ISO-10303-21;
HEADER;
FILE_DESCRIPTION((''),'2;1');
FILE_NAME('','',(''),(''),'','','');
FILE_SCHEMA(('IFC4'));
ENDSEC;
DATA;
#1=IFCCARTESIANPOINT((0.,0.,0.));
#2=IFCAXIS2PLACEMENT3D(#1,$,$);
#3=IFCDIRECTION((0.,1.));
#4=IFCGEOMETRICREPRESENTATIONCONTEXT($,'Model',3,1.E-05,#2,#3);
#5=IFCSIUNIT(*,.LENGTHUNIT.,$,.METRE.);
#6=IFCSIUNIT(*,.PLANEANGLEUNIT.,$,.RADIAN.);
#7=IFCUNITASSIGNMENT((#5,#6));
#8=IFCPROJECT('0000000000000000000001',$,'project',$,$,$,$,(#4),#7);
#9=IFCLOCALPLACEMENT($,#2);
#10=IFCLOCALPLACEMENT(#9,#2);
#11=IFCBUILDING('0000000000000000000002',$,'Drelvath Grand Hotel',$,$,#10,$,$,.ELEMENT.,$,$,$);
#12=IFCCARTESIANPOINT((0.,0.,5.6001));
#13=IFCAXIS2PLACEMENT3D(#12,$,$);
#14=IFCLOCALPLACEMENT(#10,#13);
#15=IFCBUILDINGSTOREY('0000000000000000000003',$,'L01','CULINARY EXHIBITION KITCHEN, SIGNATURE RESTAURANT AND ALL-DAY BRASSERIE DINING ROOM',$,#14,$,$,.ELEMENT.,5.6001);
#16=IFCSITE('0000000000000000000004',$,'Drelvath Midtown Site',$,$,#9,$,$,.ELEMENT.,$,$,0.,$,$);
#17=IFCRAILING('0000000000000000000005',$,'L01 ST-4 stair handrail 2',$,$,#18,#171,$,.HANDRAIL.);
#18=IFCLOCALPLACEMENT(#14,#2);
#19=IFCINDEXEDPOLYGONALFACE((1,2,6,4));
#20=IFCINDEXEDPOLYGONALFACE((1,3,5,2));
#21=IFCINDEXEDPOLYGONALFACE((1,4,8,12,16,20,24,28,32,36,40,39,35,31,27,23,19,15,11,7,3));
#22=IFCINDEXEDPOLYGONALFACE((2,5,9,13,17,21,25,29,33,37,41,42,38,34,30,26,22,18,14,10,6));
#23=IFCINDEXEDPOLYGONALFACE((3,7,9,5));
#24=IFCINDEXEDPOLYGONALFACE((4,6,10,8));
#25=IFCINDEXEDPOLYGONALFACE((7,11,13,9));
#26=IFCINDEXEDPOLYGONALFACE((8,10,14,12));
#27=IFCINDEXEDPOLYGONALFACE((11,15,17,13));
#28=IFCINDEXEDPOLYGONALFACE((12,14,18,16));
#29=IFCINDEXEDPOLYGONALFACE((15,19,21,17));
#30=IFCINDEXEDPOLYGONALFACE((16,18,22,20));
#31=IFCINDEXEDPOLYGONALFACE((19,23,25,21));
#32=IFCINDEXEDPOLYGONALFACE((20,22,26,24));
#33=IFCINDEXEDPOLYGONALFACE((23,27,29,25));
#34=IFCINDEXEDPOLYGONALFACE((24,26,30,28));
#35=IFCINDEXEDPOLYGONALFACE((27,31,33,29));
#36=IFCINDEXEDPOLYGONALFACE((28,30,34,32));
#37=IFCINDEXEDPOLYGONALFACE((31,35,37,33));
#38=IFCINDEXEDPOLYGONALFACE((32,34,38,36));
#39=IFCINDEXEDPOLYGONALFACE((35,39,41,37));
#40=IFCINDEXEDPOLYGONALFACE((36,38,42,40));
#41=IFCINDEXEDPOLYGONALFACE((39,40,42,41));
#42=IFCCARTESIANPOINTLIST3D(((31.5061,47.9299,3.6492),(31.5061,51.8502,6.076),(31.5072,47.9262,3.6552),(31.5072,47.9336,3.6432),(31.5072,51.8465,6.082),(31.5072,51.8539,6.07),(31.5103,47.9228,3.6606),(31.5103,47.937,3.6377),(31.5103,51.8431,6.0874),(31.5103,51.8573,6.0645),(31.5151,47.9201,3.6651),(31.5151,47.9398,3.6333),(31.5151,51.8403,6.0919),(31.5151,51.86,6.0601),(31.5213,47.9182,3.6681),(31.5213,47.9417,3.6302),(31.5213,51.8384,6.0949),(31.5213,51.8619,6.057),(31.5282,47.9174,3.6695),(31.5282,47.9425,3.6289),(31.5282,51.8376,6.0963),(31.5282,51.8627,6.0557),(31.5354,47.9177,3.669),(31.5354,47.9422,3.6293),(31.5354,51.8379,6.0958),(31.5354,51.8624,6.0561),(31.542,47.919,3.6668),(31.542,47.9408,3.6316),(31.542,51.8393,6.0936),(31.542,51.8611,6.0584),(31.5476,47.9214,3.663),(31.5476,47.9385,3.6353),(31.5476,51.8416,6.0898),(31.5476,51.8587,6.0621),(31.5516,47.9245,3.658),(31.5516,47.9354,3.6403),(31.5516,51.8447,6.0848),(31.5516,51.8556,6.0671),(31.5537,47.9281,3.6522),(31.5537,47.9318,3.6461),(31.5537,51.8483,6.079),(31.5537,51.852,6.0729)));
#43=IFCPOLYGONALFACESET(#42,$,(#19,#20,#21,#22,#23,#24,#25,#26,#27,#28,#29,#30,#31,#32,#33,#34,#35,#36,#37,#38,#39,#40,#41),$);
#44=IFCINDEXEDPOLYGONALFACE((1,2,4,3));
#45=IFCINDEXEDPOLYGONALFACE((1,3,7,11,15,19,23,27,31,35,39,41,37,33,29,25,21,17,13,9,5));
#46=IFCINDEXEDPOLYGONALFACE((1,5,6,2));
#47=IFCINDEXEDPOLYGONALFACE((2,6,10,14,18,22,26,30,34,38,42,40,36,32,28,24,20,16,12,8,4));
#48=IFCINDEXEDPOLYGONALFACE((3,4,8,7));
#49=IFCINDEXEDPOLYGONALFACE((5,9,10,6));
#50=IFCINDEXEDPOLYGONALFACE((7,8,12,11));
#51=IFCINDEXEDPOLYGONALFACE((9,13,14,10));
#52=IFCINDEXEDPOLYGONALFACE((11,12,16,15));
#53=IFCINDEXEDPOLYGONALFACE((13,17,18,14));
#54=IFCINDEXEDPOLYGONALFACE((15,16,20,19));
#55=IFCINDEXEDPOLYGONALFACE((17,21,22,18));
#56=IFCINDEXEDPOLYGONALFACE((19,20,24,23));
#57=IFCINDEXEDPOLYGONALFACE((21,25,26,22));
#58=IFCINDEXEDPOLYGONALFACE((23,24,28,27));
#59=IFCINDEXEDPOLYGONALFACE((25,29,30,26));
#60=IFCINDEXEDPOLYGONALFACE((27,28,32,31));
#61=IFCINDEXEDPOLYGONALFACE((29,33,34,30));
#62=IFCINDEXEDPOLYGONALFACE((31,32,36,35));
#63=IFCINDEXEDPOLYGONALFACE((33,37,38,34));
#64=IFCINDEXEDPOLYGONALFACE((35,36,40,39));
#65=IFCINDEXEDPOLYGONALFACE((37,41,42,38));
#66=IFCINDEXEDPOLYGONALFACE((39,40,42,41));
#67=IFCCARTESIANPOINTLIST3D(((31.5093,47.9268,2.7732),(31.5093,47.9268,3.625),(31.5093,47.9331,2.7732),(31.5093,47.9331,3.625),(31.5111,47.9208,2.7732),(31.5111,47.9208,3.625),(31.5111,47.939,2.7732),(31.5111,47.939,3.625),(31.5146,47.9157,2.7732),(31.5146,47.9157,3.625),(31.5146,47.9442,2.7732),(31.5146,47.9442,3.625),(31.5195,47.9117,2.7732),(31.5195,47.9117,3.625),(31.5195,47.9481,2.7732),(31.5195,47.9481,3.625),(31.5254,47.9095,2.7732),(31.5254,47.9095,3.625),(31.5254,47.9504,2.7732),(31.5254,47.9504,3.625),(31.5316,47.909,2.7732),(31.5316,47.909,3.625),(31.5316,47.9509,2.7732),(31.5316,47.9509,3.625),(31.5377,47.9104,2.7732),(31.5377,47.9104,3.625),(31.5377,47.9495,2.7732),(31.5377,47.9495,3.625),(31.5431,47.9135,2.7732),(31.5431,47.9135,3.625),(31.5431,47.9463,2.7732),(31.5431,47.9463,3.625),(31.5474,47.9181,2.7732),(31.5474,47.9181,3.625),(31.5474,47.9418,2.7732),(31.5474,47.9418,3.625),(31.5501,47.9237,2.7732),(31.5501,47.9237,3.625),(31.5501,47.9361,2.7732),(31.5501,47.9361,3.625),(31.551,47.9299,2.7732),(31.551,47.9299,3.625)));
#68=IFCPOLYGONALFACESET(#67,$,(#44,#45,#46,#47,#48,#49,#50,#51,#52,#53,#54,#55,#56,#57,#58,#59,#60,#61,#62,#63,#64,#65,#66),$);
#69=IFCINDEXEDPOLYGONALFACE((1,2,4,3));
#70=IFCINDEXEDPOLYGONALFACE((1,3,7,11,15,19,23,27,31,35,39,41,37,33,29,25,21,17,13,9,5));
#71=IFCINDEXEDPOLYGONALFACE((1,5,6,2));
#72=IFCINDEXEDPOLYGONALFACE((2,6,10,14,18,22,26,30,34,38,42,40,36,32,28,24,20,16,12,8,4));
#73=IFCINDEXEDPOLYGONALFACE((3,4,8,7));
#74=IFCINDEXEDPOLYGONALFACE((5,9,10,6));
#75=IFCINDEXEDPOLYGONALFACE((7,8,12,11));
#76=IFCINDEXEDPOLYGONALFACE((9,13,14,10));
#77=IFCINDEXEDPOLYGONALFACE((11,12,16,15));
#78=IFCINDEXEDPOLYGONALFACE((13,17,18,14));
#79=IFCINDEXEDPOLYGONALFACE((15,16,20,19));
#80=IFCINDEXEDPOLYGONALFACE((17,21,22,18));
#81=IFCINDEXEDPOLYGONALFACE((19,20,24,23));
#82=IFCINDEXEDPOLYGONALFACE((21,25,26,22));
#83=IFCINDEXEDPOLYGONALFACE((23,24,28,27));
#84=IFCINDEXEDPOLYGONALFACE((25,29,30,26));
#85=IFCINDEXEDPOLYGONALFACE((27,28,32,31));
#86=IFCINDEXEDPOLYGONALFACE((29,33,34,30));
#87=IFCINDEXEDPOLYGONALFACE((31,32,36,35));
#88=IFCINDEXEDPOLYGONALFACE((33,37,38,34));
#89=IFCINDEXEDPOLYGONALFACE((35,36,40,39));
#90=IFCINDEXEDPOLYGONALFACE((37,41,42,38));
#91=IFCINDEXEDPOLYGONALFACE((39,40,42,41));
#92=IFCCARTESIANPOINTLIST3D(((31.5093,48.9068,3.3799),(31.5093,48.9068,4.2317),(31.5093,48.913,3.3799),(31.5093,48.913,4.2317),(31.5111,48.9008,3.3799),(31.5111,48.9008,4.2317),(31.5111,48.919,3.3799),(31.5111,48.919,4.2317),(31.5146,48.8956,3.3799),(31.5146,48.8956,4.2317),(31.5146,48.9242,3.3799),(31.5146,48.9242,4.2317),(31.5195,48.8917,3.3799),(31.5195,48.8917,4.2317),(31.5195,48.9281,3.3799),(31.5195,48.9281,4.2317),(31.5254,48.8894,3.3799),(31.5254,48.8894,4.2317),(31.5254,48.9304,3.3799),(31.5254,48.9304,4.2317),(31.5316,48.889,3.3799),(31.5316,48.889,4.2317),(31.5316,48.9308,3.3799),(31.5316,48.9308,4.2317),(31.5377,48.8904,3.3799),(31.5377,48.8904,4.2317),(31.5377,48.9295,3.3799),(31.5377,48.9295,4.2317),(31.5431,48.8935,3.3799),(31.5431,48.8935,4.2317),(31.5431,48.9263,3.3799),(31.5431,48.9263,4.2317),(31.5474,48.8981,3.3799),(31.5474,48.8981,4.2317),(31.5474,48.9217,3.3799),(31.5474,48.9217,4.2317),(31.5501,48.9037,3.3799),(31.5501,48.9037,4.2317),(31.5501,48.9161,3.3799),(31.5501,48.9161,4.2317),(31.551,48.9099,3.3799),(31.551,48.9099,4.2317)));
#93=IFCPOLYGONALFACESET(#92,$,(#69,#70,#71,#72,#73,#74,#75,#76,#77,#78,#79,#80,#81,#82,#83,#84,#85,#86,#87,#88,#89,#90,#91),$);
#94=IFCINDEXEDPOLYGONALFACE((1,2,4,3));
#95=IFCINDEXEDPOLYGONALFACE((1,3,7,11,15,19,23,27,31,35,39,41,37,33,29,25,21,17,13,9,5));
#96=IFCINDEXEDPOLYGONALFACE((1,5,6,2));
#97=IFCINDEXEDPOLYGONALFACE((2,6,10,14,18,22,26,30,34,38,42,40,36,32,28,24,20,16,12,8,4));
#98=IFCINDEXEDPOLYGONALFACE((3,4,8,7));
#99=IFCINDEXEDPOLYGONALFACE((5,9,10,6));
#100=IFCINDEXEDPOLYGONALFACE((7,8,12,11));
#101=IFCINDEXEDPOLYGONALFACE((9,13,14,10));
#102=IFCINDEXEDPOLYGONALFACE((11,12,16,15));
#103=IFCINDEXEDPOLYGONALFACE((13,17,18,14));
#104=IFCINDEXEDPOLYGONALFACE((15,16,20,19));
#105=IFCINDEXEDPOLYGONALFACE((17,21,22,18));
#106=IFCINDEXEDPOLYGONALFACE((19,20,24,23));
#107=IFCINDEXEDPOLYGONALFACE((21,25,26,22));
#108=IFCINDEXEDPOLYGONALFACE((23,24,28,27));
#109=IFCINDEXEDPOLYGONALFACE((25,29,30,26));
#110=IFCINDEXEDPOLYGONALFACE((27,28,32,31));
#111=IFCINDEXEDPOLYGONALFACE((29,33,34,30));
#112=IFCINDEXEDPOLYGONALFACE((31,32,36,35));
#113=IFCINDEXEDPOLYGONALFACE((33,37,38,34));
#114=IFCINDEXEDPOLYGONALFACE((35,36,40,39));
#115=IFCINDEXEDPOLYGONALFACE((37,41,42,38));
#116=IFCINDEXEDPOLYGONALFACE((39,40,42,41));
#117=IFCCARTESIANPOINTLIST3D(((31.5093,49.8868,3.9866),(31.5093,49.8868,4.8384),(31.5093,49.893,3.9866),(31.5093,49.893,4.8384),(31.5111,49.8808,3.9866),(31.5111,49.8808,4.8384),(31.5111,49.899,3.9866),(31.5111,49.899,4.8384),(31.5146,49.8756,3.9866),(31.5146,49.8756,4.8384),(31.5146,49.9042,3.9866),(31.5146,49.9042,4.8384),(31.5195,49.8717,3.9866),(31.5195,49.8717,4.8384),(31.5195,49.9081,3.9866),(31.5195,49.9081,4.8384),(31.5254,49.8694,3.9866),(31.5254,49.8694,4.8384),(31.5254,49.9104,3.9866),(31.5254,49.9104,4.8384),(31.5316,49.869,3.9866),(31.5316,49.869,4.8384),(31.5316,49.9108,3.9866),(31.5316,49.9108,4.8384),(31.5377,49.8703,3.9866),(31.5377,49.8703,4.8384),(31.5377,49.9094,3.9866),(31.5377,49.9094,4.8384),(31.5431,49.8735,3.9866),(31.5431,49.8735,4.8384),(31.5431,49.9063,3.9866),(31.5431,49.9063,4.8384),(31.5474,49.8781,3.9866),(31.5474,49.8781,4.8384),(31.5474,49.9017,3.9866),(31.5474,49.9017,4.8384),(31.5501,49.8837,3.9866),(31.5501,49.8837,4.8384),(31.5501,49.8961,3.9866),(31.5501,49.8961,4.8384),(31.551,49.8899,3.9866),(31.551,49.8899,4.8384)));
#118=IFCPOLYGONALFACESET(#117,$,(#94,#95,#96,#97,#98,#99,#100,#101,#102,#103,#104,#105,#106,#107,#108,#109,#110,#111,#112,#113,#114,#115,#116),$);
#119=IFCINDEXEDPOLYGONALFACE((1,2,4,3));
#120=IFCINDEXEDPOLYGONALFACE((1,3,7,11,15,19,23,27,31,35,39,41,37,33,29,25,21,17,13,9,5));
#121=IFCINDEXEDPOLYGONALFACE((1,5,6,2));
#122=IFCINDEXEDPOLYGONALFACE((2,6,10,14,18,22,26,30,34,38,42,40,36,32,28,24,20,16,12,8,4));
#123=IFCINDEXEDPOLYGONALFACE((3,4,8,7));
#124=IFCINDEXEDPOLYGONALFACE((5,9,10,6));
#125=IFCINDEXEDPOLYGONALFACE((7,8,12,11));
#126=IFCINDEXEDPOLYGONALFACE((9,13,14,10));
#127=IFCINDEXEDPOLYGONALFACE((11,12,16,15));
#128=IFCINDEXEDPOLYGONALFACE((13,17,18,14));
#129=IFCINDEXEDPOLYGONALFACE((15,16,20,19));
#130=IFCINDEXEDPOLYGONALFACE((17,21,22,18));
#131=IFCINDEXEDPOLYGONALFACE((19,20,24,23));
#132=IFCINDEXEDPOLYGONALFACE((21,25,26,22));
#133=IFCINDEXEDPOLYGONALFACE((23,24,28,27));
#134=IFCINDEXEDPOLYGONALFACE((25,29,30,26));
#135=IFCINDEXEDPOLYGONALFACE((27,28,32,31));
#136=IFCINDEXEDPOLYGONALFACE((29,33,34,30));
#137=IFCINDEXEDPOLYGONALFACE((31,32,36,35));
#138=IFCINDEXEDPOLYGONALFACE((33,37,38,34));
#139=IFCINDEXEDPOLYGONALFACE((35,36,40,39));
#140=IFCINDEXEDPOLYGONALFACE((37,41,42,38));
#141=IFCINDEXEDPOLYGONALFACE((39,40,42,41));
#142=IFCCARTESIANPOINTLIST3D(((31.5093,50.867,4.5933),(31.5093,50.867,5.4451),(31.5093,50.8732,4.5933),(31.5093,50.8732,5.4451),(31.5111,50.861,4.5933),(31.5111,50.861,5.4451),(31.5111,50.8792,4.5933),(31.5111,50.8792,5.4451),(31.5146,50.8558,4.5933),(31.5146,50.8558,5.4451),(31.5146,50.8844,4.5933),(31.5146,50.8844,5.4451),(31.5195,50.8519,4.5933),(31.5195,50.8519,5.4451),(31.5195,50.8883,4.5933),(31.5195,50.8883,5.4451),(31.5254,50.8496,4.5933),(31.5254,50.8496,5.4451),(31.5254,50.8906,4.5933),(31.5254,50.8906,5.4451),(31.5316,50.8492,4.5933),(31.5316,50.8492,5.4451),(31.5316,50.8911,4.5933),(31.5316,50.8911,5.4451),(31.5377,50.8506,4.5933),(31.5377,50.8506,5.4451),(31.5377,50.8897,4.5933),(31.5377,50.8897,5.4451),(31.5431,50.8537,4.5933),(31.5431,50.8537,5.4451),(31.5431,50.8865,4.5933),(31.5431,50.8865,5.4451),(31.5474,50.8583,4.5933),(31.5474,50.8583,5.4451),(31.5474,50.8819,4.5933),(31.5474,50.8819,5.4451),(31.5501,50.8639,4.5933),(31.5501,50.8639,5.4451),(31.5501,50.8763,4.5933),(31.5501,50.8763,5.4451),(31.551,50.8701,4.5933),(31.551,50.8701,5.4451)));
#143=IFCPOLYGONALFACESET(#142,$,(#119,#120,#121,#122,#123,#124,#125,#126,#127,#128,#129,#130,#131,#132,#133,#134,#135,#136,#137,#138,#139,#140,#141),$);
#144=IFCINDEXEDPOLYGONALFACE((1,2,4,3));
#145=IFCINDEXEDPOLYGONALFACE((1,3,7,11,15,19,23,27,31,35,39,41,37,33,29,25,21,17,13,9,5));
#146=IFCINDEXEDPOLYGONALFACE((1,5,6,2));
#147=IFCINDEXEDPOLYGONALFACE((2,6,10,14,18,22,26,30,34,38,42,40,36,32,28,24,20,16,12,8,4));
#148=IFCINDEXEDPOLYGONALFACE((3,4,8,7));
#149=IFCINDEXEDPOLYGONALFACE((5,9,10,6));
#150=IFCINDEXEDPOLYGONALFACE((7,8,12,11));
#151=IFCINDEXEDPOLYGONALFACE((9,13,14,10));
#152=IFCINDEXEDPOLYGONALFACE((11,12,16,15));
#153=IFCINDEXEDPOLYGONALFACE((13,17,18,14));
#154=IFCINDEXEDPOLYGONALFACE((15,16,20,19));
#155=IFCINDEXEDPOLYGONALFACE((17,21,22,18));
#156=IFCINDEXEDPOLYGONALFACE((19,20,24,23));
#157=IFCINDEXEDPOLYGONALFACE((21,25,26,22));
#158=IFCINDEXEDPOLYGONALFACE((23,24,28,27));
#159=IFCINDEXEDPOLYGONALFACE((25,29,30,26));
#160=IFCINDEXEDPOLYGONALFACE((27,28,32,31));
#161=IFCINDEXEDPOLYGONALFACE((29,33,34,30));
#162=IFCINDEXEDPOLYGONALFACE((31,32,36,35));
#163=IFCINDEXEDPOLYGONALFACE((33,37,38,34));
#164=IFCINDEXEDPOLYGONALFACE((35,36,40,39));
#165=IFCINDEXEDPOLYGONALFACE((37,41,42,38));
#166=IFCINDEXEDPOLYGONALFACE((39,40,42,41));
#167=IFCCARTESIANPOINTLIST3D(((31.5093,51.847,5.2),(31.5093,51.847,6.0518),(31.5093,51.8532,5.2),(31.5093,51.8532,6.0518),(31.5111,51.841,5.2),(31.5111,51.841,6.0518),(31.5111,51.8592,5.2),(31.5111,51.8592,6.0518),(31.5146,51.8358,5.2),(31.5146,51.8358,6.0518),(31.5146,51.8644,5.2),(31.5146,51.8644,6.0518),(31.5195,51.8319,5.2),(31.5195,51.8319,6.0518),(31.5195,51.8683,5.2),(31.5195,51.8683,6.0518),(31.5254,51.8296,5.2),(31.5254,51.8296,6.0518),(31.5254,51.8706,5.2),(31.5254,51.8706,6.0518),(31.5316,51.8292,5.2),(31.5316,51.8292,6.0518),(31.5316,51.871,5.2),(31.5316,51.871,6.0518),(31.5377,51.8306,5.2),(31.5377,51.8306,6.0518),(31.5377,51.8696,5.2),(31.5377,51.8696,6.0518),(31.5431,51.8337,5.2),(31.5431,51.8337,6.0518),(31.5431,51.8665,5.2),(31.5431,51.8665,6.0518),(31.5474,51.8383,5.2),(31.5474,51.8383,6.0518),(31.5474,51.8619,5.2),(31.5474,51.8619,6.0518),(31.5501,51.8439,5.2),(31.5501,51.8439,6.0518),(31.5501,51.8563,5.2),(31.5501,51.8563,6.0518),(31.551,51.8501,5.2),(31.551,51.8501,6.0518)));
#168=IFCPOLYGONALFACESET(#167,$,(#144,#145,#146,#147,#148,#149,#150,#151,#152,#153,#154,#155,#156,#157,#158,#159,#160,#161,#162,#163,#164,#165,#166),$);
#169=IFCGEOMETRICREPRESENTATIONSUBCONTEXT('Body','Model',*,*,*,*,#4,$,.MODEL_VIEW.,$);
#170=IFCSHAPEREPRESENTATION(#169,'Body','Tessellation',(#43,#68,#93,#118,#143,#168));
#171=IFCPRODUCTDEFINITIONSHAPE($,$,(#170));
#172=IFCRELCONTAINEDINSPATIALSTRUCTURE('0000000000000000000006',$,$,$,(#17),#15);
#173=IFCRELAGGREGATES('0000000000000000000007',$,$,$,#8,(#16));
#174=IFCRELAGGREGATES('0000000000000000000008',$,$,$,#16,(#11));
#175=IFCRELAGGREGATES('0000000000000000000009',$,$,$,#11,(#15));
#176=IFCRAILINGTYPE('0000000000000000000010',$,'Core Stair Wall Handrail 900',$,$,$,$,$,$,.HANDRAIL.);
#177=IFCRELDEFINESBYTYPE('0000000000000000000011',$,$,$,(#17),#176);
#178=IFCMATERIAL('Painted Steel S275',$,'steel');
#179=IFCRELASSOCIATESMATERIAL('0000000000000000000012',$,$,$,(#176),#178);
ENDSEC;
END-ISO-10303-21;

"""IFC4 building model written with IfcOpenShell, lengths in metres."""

from ifc_helpers import new_model, si_unit, direction, frame, origin, origin_2d, place, context, subcontext, project, spatial, circle, extrude, material, type_object, element, save


model = new_model("IFC4")

# Units and contexts
model_context = context("Model", 3, precision=1e-05, world=origin(), true_north=direction((0.0, 1.0)))
body_context = subcontext(model_context, "Body", "Model", "MODEL_VIEW")
ifc_project = project(units=[si_unit("LENGTHUNIT", "METRE"), si_unit("PLANEANGLEUNIT", "RADIAN")], contexts=[model_context])

# Site, building, storey
site_placement = place(None, origin())
site = spatial("IfcSite", under=ifc_project, at=site_placement, Name="Drelvath Midtown Site", CompositionType="ELEMENT", RefElevation=0.0)
building_placement = place(site_placement, origin())
building = spatial("IfcBuilding", under=site, at=building_placement, Name="Drelvath Grand Hotel", CompositionType="ELEMENT")
storey_placement = place(building_placement, frame((0.0, 0.0, 5.6001)))
storey = spatial("IfcBuildingStorey", under=building, at=storey_placement, Name="L01", Description="CULINARY EXHIBITION KITCHEN, SIGNATURE RESTAURANT AND ALL-DAY BRASSERIE DINING ROOM", CompositionType="ELEMENT", Elevation=5.6001)

# Railing
ifc_material_1 = material(Name="Painted Steel S275", Category="steel")
railing_type_1 = type_object("IfcRailingType", Name="Core Stair Wall Handrail 900", PredefinedType="HANDRAIL", material=ifc_material_1)
railing_1_placement = place(storey_placement, frame((31.53, 47.9299, 2.7732)))
element("IfcRailing", 1, at=railing_1_placement, inside=storey, type_object=railing_type_1, Name="L01 ST-4 stair handrail 2", PredefinedType="HANDRAIL", context=body_context, shape_type="SweptSolid", body=[
    extrude(circle(Radius=0.0239, at=origin_2d()), frame((0.0, 0.0, 0.876), z_axis=(0.0, 0.850266, 0.526353), x_axis=(-1.0, 0.0, 0.0)), (0.0, 0.0, 1.0), 4.6106),
    extrude(circle(Radius=0.021, at=origin_2d()), origin(), (0.0, 0.0, 1.0), 0.8518),
    extrude(circle(Radius=0.021, at=origin_2d()), frame((0.0, 0.98, 0.6067)), (0.0, 0.0, 1.0), 0.8518),
    extrude(circle(Radius=0.021, at=origin_2d()), frame((0.0, 1.96, 1.2134)), (0.0, 0.0, 1.0), 0.8518),
    extrude(circle(Radius=0.021, at=origin_2d()), frame((0.0, 2.9402, 1.8201)), (0.0, 0.0, 1.0), 0.8518),
    extrude(circle(Radius=0.021, at=origin_2d()), frame((0.0, 3.9202, 2.4268)), (0.0, 0.0, 1.0), 0.8518),
])

save(model, "model.ifc")
